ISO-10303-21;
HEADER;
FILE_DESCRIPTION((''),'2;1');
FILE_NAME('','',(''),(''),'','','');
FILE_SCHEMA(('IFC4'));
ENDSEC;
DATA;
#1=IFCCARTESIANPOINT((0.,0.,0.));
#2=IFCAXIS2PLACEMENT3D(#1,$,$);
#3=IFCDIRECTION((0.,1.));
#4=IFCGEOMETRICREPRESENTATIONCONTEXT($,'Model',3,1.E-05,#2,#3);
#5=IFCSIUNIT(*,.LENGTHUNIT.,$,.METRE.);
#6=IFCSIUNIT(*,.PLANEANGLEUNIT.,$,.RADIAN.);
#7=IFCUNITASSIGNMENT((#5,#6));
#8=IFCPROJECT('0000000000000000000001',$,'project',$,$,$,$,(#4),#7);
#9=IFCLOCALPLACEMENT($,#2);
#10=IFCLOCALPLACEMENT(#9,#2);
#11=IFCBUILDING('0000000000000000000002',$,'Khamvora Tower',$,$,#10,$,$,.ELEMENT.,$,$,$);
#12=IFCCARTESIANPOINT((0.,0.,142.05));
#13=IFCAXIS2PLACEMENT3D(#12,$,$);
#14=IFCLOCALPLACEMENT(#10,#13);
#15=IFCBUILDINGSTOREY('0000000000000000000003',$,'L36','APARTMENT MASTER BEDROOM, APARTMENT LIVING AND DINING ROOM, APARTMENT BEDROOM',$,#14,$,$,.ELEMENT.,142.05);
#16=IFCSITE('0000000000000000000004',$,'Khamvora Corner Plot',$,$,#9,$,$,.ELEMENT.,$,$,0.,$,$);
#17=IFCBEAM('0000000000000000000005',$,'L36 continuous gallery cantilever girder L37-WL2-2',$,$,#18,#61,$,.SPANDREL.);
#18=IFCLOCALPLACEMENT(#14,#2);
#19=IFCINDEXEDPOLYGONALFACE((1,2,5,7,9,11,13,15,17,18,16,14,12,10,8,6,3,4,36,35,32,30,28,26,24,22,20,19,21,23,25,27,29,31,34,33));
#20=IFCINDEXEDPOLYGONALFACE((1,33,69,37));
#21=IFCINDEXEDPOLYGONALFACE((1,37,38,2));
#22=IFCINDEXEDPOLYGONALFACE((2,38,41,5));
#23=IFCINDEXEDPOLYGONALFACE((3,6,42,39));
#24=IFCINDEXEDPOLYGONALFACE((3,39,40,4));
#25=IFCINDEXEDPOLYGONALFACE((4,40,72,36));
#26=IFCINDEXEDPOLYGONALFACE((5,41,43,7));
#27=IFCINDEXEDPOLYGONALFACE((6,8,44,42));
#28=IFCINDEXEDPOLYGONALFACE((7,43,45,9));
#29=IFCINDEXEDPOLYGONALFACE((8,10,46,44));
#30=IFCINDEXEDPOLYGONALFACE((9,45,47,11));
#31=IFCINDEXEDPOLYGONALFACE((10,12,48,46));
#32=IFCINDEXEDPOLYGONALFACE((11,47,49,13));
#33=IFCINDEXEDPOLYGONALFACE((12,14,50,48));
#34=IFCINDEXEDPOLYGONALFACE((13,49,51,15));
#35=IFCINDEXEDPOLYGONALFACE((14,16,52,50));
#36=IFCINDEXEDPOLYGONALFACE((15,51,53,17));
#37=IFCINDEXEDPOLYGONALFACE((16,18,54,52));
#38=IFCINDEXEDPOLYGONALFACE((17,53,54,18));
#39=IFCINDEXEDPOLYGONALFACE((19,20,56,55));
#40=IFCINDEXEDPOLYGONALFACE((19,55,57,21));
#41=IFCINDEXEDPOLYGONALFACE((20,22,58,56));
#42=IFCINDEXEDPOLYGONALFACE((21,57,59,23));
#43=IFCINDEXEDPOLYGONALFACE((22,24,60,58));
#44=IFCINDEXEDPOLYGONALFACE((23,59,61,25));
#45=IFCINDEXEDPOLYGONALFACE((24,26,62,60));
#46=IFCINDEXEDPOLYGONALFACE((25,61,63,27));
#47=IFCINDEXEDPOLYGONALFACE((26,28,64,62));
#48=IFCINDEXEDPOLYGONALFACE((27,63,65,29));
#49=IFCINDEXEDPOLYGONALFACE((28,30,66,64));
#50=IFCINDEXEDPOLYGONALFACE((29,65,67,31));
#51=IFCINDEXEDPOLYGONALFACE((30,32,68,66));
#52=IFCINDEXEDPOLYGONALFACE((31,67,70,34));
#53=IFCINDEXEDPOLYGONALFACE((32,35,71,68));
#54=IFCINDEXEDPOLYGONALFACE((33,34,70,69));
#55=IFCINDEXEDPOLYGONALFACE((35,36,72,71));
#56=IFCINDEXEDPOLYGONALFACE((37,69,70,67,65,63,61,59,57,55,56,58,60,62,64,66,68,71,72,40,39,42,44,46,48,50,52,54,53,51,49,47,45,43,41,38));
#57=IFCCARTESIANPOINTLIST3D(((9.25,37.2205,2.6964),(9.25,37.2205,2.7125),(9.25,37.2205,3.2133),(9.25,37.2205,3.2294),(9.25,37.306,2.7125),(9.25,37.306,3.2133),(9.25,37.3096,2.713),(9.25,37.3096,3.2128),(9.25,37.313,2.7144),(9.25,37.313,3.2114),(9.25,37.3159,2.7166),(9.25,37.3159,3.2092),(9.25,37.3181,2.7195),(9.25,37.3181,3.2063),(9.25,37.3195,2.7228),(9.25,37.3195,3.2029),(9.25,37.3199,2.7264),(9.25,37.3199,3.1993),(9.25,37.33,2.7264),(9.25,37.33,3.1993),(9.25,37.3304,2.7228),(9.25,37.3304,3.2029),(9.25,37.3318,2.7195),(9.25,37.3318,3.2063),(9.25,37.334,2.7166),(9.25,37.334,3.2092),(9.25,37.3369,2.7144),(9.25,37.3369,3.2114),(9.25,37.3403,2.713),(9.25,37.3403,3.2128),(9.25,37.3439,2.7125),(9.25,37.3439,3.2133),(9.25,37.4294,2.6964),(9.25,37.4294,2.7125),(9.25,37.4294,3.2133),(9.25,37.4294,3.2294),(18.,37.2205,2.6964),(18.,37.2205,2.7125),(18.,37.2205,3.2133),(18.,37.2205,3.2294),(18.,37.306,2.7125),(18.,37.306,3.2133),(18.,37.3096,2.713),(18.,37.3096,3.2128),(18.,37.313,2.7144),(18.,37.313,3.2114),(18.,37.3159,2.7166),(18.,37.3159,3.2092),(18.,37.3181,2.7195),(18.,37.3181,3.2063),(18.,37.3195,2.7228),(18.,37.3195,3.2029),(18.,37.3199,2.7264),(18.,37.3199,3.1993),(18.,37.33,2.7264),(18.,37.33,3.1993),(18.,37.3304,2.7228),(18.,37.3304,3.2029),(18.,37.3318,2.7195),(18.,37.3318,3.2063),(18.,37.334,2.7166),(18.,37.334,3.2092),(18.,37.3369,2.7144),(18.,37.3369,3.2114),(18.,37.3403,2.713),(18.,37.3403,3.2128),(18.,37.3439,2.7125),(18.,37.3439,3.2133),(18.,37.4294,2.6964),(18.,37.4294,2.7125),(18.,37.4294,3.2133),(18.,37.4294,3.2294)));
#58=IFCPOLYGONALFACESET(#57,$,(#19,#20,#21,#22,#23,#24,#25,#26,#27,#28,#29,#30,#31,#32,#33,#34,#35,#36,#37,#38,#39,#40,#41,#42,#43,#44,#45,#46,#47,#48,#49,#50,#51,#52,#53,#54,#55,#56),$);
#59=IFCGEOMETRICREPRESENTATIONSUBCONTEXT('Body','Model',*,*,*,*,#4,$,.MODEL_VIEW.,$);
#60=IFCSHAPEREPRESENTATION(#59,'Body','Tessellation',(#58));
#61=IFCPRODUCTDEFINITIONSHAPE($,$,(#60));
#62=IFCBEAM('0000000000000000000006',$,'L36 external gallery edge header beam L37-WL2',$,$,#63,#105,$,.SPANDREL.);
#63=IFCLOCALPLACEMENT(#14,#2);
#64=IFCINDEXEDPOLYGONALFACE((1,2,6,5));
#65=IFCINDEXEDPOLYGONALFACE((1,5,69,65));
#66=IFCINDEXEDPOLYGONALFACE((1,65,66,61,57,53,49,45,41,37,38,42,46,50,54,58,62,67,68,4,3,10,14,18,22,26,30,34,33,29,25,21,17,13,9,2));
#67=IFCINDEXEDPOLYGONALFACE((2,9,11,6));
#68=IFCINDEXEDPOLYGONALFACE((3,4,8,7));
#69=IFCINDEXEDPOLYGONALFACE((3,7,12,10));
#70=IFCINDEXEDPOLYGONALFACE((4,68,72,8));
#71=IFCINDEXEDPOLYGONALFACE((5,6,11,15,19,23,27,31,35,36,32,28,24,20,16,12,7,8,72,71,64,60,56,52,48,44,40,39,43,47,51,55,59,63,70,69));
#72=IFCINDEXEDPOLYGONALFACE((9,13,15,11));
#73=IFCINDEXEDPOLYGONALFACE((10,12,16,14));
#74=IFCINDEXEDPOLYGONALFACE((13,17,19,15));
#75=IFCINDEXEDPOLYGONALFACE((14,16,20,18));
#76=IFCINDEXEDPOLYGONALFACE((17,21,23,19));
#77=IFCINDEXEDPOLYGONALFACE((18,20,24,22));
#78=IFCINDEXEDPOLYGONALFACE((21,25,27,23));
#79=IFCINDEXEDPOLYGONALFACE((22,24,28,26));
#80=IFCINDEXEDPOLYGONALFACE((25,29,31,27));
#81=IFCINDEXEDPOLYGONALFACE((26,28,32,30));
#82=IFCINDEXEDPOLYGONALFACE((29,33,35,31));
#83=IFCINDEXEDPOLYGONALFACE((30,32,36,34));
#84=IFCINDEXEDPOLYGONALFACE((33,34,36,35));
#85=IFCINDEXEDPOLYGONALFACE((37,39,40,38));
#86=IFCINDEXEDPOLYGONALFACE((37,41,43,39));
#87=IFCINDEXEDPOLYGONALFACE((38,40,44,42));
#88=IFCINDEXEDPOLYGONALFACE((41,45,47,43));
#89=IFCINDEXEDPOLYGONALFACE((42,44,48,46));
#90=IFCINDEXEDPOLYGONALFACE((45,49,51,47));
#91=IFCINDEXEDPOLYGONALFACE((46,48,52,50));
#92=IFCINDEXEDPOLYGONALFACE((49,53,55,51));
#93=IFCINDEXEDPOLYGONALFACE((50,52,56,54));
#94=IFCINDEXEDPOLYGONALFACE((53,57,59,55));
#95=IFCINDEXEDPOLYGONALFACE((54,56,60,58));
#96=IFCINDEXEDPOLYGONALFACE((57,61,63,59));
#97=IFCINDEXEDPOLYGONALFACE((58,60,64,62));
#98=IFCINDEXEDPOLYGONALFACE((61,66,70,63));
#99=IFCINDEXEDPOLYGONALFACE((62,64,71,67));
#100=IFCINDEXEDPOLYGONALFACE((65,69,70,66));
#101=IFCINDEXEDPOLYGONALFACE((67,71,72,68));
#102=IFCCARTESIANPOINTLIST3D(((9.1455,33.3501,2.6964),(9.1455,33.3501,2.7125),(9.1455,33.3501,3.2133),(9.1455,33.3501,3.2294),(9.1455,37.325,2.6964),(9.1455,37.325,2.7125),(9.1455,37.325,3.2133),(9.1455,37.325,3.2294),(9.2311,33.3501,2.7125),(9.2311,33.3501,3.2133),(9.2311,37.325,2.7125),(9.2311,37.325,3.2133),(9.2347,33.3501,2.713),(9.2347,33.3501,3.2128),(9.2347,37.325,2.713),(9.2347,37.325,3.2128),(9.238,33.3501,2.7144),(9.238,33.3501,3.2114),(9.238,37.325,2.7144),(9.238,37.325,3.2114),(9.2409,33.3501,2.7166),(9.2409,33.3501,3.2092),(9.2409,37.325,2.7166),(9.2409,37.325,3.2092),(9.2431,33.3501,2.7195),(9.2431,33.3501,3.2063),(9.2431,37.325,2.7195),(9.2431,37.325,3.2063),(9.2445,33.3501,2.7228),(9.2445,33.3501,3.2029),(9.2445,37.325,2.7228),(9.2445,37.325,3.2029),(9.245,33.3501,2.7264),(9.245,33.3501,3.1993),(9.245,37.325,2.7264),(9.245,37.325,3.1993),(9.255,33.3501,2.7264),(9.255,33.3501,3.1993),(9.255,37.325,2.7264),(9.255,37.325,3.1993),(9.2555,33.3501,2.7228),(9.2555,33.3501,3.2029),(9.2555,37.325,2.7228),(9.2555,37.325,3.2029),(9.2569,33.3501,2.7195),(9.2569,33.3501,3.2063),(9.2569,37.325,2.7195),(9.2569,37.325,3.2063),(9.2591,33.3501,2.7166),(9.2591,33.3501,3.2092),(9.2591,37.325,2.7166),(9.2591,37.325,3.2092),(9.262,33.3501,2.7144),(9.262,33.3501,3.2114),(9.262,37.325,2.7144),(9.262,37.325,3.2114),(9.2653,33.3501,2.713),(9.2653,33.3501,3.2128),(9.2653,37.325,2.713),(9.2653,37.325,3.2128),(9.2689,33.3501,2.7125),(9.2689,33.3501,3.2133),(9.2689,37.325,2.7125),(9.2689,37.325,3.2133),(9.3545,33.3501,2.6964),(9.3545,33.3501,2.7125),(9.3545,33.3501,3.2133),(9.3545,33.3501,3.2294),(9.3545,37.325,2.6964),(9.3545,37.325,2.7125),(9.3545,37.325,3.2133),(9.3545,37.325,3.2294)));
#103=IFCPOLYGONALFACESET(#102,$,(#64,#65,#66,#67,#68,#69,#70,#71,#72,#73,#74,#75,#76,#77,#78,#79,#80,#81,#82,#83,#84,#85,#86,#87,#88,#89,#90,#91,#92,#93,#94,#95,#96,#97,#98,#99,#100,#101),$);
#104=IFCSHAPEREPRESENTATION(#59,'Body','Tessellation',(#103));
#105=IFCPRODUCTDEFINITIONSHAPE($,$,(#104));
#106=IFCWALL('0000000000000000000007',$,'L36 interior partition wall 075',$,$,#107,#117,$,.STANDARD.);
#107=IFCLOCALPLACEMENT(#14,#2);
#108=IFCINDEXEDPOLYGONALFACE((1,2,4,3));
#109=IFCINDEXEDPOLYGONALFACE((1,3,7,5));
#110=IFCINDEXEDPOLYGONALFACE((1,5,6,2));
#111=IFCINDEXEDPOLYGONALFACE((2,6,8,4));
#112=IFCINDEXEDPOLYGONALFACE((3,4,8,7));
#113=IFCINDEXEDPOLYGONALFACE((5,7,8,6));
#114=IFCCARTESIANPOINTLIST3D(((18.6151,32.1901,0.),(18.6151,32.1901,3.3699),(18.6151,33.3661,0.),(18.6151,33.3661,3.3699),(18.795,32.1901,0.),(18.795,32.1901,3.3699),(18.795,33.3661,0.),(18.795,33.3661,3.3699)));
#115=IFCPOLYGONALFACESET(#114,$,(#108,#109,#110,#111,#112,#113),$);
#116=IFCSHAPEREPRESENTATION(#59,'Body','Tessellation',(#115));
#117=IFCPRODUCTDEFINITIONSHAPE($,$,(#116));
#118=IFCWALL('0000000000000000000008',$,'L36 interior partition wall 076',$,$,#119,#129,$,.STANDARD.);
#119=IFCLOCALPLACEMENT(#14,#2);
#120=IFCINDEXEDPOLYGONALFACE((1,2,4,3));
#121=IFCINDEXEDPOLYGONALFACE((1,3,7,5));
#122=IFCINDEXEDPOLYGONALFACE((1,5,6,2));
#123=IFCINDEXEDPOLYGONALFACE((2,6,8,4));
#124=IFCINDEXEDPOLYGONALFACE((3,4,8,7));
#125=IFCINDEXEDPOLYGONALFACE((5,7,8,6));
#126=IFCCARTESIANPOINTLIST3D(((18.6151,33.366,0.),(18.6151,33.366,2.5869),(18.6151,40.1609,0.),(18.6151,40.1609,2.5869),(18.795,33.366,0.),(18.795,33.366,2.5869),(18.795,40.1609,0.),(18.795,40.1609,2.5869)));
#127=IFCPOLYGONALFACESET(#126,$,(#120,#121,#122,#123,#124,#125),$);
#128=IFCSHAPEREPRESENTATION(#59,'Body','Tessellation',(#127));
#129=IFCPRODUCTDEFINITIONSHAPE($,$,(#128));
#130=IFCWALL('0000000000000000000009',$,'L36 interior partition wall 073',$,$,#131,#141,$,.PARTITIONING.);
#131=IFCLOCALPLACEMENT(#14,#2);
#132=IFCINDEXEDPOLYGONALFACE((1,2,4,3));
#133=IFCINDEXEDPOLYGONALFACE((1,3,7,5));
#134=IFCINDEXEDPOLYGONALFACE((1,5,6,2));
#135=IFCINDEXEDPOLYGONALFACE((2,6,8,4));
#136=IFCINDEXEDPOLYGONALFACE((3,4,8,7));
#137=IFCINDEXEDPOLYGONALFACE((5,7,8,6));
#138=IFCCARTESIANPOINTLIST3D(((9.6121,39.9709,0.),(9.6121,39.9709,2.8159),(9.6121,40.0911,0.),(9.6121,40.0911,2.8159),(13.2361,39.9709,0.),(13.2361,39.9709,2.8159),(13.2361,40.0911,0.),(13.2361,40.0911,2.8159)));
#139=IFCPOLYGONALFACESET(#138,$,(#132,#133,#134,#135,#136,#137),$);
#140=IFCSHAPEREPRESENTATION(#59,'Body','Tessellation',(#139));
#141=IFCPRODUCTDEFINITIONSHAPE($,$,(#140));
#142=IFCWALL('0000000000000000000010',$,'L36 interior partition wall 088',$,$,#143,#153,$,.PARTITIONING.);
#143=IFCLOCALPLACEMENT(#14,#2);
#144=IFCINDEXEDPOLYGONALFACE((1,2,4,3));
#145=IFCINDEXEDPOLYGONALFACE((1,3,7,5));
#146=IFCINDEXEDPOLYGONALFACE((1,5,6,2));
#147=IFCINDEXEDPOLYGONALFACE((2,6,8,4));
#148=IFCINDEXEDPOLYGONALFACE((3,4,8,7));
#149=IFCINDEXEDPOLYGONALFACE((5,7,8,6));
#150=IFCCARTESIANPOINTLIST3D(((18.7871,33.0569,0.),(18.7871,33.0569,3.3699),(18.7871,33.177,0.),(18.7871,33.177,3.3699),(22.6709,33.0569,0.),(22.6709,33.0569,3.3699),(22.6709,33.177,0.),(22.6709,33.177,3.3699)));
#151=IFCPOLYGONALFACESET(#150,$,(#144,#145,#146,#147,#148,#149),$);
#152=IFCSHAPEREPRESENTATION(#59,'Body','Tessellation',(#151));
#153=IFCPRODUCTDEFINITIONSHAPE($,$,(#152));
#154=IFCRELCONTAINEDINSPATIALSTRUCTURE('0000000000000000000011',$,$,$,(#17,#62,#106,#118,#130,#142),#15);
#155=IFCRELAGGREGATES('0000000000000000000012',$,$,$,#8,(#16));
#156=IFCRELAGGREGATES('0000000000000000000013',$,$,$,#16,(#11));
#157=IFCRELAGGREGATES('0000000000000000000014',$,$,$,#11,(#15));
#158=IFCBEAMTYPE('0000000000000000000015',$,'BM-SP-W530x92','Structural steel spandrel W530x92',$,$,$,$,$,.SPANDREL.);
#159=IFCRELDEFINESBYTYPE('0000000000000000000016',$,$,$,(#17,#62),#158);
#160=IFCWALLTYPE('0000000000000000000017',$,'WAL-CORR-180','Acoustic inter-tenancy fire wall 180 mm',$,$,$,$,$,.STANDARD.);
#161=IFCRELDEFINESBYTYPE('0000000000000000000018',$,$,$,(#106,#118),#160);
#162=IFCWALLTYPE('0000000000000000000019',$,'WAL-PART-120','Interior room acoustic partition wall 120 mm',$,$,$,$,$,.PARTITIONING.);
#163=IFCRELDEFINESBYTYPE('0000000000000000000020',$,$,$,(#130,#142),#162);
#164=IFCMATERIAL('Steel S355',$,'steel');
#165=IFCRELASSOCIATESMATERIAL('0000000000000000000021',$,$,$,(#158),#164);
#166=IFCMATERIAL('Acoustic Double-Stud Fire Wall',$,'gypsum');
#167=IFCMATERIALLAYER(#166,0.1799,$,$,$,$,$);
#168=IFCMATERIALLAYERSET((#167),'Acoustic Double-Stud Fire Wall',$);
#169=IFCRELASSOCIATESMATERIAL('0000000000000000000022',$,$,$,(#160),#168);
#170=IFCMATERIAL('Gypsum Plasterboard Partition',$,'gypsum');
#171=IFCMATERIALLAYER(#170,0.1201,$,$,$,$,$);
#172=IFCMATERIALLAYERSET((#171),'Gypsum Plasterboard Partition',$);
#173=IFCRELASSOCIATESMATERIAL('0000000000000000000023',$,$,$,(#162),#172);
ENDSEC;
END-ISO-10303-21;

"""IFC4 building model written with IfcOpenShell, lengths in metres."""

from ifc_helpers import new_model, si_unit, direction, frame, frame_2d, origin, origin_2d, place, context, subcontext, project, spatial, rectangle, i_section, extrude, material, layer, layer_set, material_profile, profile_set, type_object, element, save


model = new_model("IFC4")

# Units and contexts
model_context = context("Model", 3, precision=1e-05, world=origin(), true_north=direction((0.0, 1.0)))
body_context = subcontext(model_context, "Body", "Model", "MODEL_VIEW")
ifc_project = project(units=[si_unit("LENGTHUNIT", "METRE"), si_unit("PLANEANGLEUNIT", "RADIAN")], contexts=[model_context])

# Site, building, storey
site_placement = place(None, origin())
site = spatial("IfcSite", under=ifc_project, at=site_placement, Name="Khamvora Corner Plot", CompositionType="ELEMENT", RefElevation=0.0)
building_placement = place(site_placement, origin())
building = spatial("IfcBuilding", under=site, at=building_placement, Name="Khamvora Tower", CompositionType="ELEMENT")
storey_placement = place(building_placement, frame((0.0, 0.0, 142.05)))
storey = spatial("IfcBuildingStorey", under=building, at=storey_placement, Name="L36", Description="APARTMENT MASTER BEDROOM, APARTMENT LIVING AND DINING ROOM, APARTMENT BEDROOM", CompositionType="ELEMENT", Elevation=142.05)

# Shared definitions
ifc_material_1 = material(Name="Steel S355", Category="steel")

# Beams
ifc_material_profile_1 = material_profile(ifc_material_1, i_section(OverallWidth=0.209, OverallDepth=0.533, WebThickness=0.01, FlangeThickness=0.0161, FilletRadius=0.0139, at=origin_2d()), Name="W530x92")
ifc_profile_set_1 = profile_set([ifc_material_profile_1], Name="Steel S355")
beam_type_1 = type_object("IfcBeamType", Name="BM-SP-W530x92", Description="Structural steel spandrel W530x92", PredefinedType="SPANDREL", material=ifc_profile_set_1)
for number, where, z_axis, x_axis, name in (
    (1, (18.0, 37.325, 2.9629), (-1.0, 0.0, 0.0), (0.0, -1.0, 0.0), "L36 continuous gallery cantilever girder L37-WL2-2"),
):
    element("IfcBeam", number, at=place(storey_placement, frame(where, z_axis=z_axis, x_axis=x_axis)), inside=storey, type_object=beam_type_1, Name=name, PredefinedType="SPANDREL", context=body_context, shape_type="SweptSolid", body=[
        extrude(i_section(OverallWidth=0.209, OverallDepth=0.533, WebThickness=0.01, FlangeThickness=0.0161, FilletRadius=0.0139, at=origin_2d()), origin(), (0.0, 0.0, 1.0), 8.75),
    ])
beam_1_placement = place(storey_placement, frame((9.25, 33.3501, 2.9629), z_axis=(0.0, 1.0, 0.0), x_axis=(-1.0, 0.0, 0.0)))
element("IfcBeam", 2, at=beam_1_placement, inside=storey, type_object=beam_type_1, Name="L36 external gallery edge header beam L37-WL2", PredefinedType="SPANDREL", context=body_context, shape_type="SweptSolid", body=[
    extrude(i_section(OverallWidth=0.209, OverallDepth=0.533, WebThickness=0.01, FlangeThickness=0.0161, FilletRadius=0.0139, at=origin_2d()), origin(), (0.0, 0.0, 1.0), 3.9749),
])

# Walls
ifc_material_2 = material(Name="Acoustic Double-Stud Fire Wall", Category="gypsum")
ifc_layer_1 = layer(ifc_material_2, 0.1799)
ifc_layer_set_1 = layer_set([ifc_layer_1], Name="Acoustic Double-Stud Fire Wall")
wall_type_1 = type_object("IfcWallType", Name="WAL-CORR-180", Description="Acoustic inter-tenancy fire wall 180 mm", PredefinedType="STANDARD", material=ifc_layer_set_1)
wall_1_placement = place(storey_placement, frame((18.7051, 33.366, 0.0), z_axis=(0.0, 0.0, 1.0), x_axis=(0.0, -1.0, 0.0)))
element("IfcWall", 3, at=wall_1_placement, inside=storey, type_object=wall_type_1, Name="L36 interior partition wall 075", PredefinedType="STANDARD", context=body_context, shape_type="SweptSolid", body=[
    extrude(rectangle(XDim=1.176, YDim=0.1799, at=frame_2d((0.5879, 0.0))), origin(), (0.0, 0.0, 1.0), 3.3699),
])
wall_2_placement = place(storey_placement, frame((18.7051, 40.1609, 0.0), z_axis=(0.0, 0.0, 1.0), x_axis=(0.0, -1.0, 0.0)))
element("IfcWall", 4, at=wall_2_placement, inside=storey, type_object=wall_type_1, Name="L36 interior partition wall 076", PredefinedType="STANDARD", context=body_context, shape_type="SweptSolid", body=[
    extrude(rectangle(XDim=6.7949, YDim=0.1799, at=frame_2d((3.3975, 0.0))), origin(), (0.0, 0.0, 1.0), 2.5869),
])
ifc_material_3 = material(Name="Gypsum Plasterboard Partition", Category="gypsum")
ifc_layer_2 = layer(ifc_material_3, 0.1201)
ifc_layer_set_2 = layer_set([ifc_layer_2], Name="Gypsum Plasterboard Partition")
wall_type_2 = type_object("IfcWallType", Name="WAL-PART-120", Description="Interior room acoustic partition wall 120 mm", PredefinedType="PARTITIONING", material=ifc_layer_set_2)
wall_3_placement = place(storey_placement, frame((9.6121, 40.031, 0.0), z_axis=(0.0, 0.0, 1.0), x_axis=(1.0, 0.0, 0.0)))
element("IfcWall", 5, at=wall_3_placement, inside=storey, type_object=wall_type_2, Name="L36 interior partition wall 073", PredefinedType="PARTITIONING", context=body_context, shape_type="SweptSolid", body=[
    extrude(rectangle(XDim=3.624, YDim=0.1201, at=frame_2d((1.812, 0.0))), origin(), (0.0, 0.0, 1.0), 2.8159),
])
wall_4_placement = place(storey_placement, frame((18.7871, 33.1169, 0.0), z_axis=(0.0, 0.0, 1.0), x_axis=(1.0, 0.0, 0.0)))
element("IfcWall", 6, at=wall_4_placement, inside=storey, type_object=wall_type_2, Name="L36 interior partition wall 088", PredefinedType="PARTITIONING", context=body_context, shape_type="SweptSolid", body=[
    extrude(rectangle(XDim=3.8838, YDim=0.1201, at=frame_2d((1.9419, 0.0))), origin(), (0.0, 0.0, 1.0), 3.3699),
])

save(model, "model.ifc")
